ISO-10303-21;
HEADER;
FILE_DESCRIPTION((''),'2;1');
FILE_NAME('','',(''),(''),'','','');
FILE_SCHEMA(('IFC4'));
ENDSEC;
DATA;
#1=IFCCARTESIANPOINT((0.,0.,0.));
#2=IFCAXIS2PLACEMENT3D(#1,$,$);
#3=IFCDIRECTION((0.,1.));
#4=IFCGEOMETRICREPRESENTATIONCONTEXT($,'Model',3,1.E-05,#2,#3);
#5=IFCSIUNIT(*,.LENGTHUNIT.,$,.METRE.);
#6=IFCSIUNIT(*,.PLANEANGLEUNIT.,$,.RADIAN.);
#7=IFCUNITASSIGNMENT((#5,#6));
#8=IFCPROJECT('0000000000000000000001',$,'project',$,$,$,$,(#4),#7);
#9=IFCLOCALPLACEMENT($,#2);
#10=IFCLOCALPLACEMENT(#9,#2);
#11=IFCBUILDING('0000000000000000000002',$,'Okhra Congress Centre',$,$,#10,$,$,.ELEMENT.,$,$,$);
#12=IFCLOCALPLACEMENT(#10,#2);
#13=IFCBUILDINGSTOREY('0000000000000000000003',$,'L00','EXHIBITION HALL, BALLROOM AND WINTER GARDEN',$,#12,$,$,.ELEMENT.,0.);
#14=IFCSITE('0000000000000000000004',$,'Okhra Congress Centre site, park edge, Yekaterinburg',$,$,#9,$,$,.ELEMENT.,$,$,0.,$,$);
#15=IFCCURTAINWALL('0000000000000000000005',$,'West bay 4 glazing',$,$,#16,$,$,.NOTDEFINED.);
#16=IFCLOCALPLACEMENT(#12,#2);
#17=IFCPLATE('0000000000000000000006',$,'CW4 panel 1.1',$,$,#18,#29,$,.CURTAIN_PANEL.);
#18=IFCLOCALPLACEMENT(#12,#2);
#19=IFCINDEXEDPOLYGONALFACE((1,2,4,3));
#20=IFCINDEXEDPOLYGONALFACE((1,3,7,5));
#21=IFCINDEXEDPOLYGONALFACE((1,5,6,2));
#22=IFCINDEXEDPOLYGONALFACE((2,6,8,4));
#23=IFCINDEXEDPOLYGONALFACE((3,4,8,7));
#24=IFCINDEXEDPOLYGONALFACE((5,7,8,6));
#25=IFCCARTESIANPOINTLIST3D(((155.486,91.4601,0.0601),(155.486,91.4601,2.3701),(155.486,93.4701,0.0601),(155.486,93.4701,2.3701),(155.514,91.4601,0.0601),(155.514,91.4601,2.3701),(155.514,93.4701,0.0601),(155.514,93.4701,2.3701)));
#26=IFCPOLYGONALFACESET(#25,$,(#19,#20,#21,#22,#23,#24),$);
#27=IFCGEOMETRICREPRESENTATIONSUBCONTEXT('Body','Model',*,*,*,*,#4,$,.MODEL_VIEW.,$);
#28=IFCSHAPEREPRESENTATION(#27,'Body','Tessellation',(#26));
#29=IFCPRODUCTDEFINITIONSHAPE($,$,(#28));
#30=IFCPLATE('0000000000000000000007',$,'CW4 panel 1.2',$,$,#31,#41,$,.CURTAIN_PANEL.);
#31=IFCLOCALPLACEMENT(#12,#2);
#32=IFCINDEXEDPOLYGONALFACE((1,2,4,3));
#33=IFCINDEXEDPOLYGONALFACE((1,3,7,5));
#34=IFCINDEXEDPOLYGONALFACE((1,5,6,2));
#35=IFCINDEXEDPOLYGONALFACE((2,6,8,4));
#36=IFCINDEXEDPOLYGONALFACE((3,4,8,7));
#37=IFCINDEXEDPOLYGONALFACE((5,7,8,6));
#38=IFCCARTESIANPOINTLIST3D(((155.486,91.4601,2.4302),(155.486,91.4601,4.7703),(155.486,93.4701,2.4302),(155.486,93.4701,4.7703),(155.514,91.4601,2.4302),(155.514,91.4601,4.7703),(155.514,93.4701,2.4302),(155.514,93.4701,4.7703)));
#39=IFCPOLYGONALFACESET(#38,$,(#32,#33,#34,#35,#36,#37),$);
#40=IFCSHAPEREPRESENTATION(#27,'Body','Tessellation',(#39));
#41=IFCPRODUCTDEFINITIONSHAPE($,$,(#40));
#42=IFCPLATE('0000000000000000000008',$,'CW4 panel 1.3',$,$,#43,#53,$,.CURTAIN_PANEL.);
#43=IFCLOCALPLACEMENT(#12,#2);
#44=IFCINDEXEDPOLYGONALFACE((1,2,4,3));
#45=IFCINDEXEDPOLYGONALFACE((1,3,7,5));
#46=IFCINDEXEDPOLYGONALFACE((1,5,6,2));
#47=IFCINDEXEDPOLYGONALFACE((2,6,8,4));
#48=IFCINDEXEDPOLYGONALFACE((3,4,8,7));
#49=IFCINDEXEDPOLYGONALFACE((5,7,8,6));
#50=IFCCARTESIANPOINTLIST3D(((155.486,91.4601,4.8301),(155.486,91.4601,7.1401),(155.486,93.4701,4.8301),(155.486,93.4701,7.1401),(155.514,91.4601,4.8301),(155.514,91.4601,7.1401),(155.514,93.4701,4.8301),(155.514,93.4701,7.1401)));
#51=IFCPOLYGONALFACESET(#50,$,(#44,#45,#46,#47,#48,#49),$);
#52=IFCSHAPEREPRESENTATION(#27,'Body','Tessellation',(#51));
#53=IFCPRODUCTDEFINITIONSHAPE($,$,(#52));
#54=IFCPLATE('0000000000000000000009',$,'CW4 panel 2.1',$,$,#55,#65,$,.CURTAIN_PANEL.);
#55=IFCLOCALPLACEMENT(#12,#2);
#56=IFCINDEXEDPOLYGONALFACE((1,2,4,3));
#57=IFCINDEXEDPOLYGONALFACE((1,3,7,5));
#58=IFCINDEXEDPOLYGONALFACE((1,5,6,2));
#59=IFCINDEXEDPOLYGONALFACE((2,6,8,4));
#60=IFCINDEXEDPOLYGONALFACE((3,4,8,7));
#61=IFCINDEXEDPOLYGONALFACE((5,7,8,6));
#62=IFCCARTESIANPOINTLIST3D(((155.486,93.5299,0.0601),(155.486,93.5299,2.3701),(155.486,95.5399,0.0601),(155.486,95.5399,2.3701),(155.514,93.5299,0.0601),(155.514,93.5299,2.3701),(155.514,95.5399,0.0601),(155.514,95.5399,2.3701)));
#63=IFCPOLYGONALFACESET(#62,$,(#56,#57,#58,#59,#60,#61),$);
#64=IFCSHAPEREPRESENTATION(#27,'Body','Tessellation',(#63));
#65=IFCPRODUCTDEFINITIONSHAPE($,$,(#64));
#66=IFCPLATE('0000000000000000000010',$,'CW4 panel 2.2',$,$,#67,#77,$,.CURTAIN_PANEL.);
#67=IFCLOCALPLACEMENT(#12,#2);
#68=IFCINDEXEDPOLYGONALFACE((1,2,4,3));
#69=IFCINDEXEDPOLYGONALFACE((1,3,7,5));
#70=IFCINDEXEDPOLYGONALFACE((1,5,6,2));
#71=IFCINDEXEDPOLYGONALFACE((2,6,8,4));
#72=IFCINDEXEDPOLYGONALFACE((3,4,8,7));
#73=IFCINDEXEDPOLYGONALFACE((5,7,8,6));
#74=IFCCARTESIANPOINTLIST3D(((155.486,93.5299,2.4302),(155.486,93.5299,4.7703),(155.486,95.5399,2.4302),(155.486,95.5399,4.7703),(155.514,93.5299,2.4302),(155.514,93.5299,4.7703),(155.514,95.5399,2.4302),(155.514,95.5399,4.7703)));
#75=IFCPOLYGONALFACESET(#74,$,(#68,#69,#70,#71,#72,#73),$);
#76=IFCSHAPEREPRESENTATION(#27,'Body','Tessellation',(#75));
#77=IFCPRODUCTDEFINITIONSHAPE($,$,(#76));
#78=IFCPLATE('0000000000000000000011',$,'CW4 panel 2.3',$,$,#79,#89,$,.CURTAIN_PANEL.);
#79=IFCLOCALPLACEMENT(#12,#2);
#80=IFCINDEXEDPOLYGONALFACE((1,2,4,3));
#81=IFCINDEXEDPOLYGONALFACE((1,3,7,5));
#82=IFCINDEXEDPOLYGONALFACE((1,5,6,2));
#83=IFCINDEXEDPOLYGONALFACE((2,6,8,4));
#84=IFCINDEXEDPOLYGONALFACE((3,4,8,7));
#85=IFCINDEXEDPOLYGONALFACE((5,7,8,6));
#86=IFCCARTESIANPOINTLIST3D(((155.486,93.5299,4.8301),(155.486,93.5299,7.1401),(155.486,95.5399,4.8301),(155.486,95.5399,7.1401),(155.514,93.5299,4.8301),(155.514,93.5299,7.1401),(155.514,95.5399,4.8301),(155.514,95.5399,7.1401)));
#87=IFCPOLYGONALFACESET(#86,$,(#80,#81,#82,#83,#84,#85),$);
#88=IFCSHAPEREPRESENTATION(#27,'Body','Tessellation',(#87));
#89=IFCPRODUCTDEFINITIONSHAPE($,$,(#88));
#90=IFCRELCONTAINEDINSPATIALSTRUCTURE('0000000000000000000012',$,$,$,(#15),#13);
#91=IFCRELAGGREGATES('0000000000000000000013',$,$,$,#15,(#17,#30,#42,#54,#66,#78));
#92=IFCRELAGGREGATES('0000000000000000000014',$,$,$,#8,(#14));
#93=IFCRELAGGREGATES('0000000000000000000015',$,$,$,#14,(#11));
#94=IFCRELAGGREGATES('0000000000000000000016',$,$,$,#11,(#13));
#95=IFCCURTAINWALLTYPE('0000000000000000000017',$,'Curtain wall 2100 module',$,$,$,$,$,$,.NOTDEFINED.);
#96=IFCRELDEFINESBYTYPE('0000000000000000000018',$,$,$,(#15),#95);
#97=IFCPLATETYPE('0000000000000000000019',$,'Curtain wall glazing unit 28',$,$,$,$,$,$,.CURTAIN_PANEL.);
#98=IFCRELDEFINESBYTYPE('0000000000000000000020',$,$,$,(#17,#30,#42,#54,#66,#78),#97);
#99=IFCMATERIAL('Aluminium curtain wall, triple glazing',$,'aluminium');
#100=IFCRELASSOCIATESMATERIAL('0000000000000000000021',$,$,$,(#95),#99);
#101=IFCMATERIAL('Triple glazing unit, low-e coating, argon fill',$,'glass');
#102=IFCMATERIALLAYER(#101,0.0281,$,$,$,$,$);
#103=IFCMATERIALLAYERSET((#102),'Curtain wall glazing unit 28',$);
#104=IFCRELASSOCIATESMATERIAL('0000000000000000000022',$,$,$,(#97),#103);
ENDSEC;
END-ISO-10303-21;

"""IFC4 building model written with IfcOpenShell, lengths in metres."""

from ifc_helpers import new_model, si_unit, direction, frame, origin, origin_2d, place, context, subcontext, project, spatial, rectangle, extrude, material, layer, layer_set, type_object, element, aggregate, save


model = new_model("IFC4")

# Units and contexts
model_context = context("Model", 3, precision=1e-05, world=origin(), true_north=direction((0.0, 1.0)))
body_context = subcontext(model_context, "Body", "Model", "MODEL_VIEW")
ifc_project = project(units=[si_unit("LENGTHUNIT", "METRE"), si_unit("PLANEANGLEUNIT", "RADIAN")], contexts=[model_context])

# Site, building, storey
site_placement = place(None, origin())
site = spatial("IfcSite", under=ifc_project, at=site_placement, Name="Okhra Congress Centre site, park edge, Yekaterinburg", CompositionType="ELEMENT", RefElevation=0.0)
building_placement = place(site_placement, origin())
building = spatial("IfcBuilding", under=site, at=building_placement, Name="Okhra Congress Centre", CompositionType="ELEMENT")
storey_placement = place(building_placement, origin())
storey = spatial("IfcBuildingStorey", under=building, at=storey_placement, Name="L00", Description="EXHIBITION HALL, BALLROOM AND WINTER GARDEN", CompositionType="ELEMENT", Elevation=0.0)

# Curtain wall
ifc_material_1 = material(Name="Aluminium curtain wall, triple glazing", Category="aluminium")
curtain_wall_type = type_object("IfcCurtainWallType", Name="Curtain wall 2100 module", PredefinedType="NOTDEFINED", material=ifc_material_1)
curtain_wall_1_placement = place(storey_placement, origin())
curtain_wall_1 = element("IfcCurtainWall", 1, at=curtain_wall_1_placement, inside=storey, type_object=curtain_wall_type, Name="West bay 4 glazing", PredefinedType="NOTDEFINED")

# Plates
ifc_material_2 = material(Name="Triple glazing unit, low-e coating, argon fill", Category="glass")
ifc_layer = layer(ifc_material_2, 0.0281)
ifc_layer_set = layer_set([ifc_layer], Name="Curtain wall glazing unit 28")
plate_type = type_object("IfcPlateType", Name="Curtain wall glazing unit 28", PredefinedType="CURTAIN_PANEL", material=ifc_layer_set)
plate_1_placement = place(storey_placement, frame((155.5, 92.4651, 0.0601), z_axis=(0.0, 0.0, 1.0), x_axis=(0.0, 1.0, 0.0)))
plate_1 = element("IfcPlate", 2, at=plate_1_placement, type_object=plate_type, Name="CW4 panel 1.1", PredefinedType="CURTAIN_PANEL", context=body_context, shape_type="SweptSolid", body=[
    extrude(rectangle(XDim=2.01, YDim=0.0281, at=origin_2d()), origin(), (0.0, 0.0, 1.0), 2.3101),
])
plate_2_placement = place(storey_placement, frame((155.5, 92.4651, 2.4302), z_axis=(0.0, 0.0, 1.0), x_axis=(0.0, 1.0, 0.0)))
plate_2 = element("IfcPlate", 3, at=plate_2_placement, type_object=plate_type, Name="CW4 panel 1.2", PredefinedType="CURTAIN_PANEL", context=body_context, shape_type="SweptSolid", body=[
    extrude(rectangle(XDim=2.01, YDim=0.0281, at=origin_2d()), origin(), (0.0, 0.0, 1.0), 2.3401),
])
plate_3_placement = place(storey_placement, frame((155.5, 92.4651, 4.8301), z_axis=(0.0, 0.0, 1.0), x_axis=(0.0, 1.0, 0.0)))
plate_3 = element("IfcPlate", 4, at=plate_3_placement, type_object=plate_type, Name="CW4 panel 1.3", PredefinedType="CURTAIN_PANEL", context=body_context, shape_type="SweptSolid", body=[
    extrude(rectangle(XDim=2.01, YDim=0.0281, at=origin_2d()), origin(), (0.0, 0.0, 1.0), 2.3101),
])
plate_4_placement = place(storey_placement, frame((155.5, 94.5349, 0.0601), z_axis=(0.0, 0.0, 1.0), x_axis=(0.0, 1.0, 0.0)))
plate_4 = element("IfcPlate", 5, at=plate_4_placement, type_object=plate_type, Name="CW4 panel 2.1", PredefinedType="CURTAIN_PANEL", context=body_context, shape_type="SweptSolid", body=[
    extrude(rectangle(XDim=2.01, YDim=0.0281, at=origin_2d()), origin(), (0.0, 0.0, 1.0), 2.3101),
])
plate_5_placement = place(storey_placement, frame((155.5, 94.5349, 2.4302), z_axis=(0.0, 0.0, 1.0), x_axis=(0.0, 1.0, 0.0)))
plate_5 = element("IfcPlate", 6, at=plate_5_placement, type_object=plate_type, Name="CW4 panel 2.2", PredefinedType="CURTAIN_PANEL", context=body_context, shape_type="SweptSolid", body=[
    extrude(rectangle(XDim=2.01, YDim=0.0281, at=origin_2d()), origin(), (0.0, 0.0, 1.0), 2.3401),
])
plate_6_placement = place(storey_placement, frame((155.5, 94.5349, 4.8301), z_axis=(0.0, 0.0, 1.0), x_axis=(0.0, 1.0, 0.0)))
plate_6 = element("IfcPlate", 7, at=plate_6_placement, type_object=plate_type, Name="CW4 panel 2.3", PredefinedType="CURTAIN_PANEL", context=body_context, shape_type="SweptSolid", body=[
    extrude(rectangle(XDim=2.01, YDim=0.0281, at=origin_2d()), origin(), (0.0, 0.0, 1.0), 2.3101),
])
aggregate(curtain_wall_1, [plate_1, plate_2, plate_3, plate_4, plate_5, plate_6])

save(model, "model.ifc")
